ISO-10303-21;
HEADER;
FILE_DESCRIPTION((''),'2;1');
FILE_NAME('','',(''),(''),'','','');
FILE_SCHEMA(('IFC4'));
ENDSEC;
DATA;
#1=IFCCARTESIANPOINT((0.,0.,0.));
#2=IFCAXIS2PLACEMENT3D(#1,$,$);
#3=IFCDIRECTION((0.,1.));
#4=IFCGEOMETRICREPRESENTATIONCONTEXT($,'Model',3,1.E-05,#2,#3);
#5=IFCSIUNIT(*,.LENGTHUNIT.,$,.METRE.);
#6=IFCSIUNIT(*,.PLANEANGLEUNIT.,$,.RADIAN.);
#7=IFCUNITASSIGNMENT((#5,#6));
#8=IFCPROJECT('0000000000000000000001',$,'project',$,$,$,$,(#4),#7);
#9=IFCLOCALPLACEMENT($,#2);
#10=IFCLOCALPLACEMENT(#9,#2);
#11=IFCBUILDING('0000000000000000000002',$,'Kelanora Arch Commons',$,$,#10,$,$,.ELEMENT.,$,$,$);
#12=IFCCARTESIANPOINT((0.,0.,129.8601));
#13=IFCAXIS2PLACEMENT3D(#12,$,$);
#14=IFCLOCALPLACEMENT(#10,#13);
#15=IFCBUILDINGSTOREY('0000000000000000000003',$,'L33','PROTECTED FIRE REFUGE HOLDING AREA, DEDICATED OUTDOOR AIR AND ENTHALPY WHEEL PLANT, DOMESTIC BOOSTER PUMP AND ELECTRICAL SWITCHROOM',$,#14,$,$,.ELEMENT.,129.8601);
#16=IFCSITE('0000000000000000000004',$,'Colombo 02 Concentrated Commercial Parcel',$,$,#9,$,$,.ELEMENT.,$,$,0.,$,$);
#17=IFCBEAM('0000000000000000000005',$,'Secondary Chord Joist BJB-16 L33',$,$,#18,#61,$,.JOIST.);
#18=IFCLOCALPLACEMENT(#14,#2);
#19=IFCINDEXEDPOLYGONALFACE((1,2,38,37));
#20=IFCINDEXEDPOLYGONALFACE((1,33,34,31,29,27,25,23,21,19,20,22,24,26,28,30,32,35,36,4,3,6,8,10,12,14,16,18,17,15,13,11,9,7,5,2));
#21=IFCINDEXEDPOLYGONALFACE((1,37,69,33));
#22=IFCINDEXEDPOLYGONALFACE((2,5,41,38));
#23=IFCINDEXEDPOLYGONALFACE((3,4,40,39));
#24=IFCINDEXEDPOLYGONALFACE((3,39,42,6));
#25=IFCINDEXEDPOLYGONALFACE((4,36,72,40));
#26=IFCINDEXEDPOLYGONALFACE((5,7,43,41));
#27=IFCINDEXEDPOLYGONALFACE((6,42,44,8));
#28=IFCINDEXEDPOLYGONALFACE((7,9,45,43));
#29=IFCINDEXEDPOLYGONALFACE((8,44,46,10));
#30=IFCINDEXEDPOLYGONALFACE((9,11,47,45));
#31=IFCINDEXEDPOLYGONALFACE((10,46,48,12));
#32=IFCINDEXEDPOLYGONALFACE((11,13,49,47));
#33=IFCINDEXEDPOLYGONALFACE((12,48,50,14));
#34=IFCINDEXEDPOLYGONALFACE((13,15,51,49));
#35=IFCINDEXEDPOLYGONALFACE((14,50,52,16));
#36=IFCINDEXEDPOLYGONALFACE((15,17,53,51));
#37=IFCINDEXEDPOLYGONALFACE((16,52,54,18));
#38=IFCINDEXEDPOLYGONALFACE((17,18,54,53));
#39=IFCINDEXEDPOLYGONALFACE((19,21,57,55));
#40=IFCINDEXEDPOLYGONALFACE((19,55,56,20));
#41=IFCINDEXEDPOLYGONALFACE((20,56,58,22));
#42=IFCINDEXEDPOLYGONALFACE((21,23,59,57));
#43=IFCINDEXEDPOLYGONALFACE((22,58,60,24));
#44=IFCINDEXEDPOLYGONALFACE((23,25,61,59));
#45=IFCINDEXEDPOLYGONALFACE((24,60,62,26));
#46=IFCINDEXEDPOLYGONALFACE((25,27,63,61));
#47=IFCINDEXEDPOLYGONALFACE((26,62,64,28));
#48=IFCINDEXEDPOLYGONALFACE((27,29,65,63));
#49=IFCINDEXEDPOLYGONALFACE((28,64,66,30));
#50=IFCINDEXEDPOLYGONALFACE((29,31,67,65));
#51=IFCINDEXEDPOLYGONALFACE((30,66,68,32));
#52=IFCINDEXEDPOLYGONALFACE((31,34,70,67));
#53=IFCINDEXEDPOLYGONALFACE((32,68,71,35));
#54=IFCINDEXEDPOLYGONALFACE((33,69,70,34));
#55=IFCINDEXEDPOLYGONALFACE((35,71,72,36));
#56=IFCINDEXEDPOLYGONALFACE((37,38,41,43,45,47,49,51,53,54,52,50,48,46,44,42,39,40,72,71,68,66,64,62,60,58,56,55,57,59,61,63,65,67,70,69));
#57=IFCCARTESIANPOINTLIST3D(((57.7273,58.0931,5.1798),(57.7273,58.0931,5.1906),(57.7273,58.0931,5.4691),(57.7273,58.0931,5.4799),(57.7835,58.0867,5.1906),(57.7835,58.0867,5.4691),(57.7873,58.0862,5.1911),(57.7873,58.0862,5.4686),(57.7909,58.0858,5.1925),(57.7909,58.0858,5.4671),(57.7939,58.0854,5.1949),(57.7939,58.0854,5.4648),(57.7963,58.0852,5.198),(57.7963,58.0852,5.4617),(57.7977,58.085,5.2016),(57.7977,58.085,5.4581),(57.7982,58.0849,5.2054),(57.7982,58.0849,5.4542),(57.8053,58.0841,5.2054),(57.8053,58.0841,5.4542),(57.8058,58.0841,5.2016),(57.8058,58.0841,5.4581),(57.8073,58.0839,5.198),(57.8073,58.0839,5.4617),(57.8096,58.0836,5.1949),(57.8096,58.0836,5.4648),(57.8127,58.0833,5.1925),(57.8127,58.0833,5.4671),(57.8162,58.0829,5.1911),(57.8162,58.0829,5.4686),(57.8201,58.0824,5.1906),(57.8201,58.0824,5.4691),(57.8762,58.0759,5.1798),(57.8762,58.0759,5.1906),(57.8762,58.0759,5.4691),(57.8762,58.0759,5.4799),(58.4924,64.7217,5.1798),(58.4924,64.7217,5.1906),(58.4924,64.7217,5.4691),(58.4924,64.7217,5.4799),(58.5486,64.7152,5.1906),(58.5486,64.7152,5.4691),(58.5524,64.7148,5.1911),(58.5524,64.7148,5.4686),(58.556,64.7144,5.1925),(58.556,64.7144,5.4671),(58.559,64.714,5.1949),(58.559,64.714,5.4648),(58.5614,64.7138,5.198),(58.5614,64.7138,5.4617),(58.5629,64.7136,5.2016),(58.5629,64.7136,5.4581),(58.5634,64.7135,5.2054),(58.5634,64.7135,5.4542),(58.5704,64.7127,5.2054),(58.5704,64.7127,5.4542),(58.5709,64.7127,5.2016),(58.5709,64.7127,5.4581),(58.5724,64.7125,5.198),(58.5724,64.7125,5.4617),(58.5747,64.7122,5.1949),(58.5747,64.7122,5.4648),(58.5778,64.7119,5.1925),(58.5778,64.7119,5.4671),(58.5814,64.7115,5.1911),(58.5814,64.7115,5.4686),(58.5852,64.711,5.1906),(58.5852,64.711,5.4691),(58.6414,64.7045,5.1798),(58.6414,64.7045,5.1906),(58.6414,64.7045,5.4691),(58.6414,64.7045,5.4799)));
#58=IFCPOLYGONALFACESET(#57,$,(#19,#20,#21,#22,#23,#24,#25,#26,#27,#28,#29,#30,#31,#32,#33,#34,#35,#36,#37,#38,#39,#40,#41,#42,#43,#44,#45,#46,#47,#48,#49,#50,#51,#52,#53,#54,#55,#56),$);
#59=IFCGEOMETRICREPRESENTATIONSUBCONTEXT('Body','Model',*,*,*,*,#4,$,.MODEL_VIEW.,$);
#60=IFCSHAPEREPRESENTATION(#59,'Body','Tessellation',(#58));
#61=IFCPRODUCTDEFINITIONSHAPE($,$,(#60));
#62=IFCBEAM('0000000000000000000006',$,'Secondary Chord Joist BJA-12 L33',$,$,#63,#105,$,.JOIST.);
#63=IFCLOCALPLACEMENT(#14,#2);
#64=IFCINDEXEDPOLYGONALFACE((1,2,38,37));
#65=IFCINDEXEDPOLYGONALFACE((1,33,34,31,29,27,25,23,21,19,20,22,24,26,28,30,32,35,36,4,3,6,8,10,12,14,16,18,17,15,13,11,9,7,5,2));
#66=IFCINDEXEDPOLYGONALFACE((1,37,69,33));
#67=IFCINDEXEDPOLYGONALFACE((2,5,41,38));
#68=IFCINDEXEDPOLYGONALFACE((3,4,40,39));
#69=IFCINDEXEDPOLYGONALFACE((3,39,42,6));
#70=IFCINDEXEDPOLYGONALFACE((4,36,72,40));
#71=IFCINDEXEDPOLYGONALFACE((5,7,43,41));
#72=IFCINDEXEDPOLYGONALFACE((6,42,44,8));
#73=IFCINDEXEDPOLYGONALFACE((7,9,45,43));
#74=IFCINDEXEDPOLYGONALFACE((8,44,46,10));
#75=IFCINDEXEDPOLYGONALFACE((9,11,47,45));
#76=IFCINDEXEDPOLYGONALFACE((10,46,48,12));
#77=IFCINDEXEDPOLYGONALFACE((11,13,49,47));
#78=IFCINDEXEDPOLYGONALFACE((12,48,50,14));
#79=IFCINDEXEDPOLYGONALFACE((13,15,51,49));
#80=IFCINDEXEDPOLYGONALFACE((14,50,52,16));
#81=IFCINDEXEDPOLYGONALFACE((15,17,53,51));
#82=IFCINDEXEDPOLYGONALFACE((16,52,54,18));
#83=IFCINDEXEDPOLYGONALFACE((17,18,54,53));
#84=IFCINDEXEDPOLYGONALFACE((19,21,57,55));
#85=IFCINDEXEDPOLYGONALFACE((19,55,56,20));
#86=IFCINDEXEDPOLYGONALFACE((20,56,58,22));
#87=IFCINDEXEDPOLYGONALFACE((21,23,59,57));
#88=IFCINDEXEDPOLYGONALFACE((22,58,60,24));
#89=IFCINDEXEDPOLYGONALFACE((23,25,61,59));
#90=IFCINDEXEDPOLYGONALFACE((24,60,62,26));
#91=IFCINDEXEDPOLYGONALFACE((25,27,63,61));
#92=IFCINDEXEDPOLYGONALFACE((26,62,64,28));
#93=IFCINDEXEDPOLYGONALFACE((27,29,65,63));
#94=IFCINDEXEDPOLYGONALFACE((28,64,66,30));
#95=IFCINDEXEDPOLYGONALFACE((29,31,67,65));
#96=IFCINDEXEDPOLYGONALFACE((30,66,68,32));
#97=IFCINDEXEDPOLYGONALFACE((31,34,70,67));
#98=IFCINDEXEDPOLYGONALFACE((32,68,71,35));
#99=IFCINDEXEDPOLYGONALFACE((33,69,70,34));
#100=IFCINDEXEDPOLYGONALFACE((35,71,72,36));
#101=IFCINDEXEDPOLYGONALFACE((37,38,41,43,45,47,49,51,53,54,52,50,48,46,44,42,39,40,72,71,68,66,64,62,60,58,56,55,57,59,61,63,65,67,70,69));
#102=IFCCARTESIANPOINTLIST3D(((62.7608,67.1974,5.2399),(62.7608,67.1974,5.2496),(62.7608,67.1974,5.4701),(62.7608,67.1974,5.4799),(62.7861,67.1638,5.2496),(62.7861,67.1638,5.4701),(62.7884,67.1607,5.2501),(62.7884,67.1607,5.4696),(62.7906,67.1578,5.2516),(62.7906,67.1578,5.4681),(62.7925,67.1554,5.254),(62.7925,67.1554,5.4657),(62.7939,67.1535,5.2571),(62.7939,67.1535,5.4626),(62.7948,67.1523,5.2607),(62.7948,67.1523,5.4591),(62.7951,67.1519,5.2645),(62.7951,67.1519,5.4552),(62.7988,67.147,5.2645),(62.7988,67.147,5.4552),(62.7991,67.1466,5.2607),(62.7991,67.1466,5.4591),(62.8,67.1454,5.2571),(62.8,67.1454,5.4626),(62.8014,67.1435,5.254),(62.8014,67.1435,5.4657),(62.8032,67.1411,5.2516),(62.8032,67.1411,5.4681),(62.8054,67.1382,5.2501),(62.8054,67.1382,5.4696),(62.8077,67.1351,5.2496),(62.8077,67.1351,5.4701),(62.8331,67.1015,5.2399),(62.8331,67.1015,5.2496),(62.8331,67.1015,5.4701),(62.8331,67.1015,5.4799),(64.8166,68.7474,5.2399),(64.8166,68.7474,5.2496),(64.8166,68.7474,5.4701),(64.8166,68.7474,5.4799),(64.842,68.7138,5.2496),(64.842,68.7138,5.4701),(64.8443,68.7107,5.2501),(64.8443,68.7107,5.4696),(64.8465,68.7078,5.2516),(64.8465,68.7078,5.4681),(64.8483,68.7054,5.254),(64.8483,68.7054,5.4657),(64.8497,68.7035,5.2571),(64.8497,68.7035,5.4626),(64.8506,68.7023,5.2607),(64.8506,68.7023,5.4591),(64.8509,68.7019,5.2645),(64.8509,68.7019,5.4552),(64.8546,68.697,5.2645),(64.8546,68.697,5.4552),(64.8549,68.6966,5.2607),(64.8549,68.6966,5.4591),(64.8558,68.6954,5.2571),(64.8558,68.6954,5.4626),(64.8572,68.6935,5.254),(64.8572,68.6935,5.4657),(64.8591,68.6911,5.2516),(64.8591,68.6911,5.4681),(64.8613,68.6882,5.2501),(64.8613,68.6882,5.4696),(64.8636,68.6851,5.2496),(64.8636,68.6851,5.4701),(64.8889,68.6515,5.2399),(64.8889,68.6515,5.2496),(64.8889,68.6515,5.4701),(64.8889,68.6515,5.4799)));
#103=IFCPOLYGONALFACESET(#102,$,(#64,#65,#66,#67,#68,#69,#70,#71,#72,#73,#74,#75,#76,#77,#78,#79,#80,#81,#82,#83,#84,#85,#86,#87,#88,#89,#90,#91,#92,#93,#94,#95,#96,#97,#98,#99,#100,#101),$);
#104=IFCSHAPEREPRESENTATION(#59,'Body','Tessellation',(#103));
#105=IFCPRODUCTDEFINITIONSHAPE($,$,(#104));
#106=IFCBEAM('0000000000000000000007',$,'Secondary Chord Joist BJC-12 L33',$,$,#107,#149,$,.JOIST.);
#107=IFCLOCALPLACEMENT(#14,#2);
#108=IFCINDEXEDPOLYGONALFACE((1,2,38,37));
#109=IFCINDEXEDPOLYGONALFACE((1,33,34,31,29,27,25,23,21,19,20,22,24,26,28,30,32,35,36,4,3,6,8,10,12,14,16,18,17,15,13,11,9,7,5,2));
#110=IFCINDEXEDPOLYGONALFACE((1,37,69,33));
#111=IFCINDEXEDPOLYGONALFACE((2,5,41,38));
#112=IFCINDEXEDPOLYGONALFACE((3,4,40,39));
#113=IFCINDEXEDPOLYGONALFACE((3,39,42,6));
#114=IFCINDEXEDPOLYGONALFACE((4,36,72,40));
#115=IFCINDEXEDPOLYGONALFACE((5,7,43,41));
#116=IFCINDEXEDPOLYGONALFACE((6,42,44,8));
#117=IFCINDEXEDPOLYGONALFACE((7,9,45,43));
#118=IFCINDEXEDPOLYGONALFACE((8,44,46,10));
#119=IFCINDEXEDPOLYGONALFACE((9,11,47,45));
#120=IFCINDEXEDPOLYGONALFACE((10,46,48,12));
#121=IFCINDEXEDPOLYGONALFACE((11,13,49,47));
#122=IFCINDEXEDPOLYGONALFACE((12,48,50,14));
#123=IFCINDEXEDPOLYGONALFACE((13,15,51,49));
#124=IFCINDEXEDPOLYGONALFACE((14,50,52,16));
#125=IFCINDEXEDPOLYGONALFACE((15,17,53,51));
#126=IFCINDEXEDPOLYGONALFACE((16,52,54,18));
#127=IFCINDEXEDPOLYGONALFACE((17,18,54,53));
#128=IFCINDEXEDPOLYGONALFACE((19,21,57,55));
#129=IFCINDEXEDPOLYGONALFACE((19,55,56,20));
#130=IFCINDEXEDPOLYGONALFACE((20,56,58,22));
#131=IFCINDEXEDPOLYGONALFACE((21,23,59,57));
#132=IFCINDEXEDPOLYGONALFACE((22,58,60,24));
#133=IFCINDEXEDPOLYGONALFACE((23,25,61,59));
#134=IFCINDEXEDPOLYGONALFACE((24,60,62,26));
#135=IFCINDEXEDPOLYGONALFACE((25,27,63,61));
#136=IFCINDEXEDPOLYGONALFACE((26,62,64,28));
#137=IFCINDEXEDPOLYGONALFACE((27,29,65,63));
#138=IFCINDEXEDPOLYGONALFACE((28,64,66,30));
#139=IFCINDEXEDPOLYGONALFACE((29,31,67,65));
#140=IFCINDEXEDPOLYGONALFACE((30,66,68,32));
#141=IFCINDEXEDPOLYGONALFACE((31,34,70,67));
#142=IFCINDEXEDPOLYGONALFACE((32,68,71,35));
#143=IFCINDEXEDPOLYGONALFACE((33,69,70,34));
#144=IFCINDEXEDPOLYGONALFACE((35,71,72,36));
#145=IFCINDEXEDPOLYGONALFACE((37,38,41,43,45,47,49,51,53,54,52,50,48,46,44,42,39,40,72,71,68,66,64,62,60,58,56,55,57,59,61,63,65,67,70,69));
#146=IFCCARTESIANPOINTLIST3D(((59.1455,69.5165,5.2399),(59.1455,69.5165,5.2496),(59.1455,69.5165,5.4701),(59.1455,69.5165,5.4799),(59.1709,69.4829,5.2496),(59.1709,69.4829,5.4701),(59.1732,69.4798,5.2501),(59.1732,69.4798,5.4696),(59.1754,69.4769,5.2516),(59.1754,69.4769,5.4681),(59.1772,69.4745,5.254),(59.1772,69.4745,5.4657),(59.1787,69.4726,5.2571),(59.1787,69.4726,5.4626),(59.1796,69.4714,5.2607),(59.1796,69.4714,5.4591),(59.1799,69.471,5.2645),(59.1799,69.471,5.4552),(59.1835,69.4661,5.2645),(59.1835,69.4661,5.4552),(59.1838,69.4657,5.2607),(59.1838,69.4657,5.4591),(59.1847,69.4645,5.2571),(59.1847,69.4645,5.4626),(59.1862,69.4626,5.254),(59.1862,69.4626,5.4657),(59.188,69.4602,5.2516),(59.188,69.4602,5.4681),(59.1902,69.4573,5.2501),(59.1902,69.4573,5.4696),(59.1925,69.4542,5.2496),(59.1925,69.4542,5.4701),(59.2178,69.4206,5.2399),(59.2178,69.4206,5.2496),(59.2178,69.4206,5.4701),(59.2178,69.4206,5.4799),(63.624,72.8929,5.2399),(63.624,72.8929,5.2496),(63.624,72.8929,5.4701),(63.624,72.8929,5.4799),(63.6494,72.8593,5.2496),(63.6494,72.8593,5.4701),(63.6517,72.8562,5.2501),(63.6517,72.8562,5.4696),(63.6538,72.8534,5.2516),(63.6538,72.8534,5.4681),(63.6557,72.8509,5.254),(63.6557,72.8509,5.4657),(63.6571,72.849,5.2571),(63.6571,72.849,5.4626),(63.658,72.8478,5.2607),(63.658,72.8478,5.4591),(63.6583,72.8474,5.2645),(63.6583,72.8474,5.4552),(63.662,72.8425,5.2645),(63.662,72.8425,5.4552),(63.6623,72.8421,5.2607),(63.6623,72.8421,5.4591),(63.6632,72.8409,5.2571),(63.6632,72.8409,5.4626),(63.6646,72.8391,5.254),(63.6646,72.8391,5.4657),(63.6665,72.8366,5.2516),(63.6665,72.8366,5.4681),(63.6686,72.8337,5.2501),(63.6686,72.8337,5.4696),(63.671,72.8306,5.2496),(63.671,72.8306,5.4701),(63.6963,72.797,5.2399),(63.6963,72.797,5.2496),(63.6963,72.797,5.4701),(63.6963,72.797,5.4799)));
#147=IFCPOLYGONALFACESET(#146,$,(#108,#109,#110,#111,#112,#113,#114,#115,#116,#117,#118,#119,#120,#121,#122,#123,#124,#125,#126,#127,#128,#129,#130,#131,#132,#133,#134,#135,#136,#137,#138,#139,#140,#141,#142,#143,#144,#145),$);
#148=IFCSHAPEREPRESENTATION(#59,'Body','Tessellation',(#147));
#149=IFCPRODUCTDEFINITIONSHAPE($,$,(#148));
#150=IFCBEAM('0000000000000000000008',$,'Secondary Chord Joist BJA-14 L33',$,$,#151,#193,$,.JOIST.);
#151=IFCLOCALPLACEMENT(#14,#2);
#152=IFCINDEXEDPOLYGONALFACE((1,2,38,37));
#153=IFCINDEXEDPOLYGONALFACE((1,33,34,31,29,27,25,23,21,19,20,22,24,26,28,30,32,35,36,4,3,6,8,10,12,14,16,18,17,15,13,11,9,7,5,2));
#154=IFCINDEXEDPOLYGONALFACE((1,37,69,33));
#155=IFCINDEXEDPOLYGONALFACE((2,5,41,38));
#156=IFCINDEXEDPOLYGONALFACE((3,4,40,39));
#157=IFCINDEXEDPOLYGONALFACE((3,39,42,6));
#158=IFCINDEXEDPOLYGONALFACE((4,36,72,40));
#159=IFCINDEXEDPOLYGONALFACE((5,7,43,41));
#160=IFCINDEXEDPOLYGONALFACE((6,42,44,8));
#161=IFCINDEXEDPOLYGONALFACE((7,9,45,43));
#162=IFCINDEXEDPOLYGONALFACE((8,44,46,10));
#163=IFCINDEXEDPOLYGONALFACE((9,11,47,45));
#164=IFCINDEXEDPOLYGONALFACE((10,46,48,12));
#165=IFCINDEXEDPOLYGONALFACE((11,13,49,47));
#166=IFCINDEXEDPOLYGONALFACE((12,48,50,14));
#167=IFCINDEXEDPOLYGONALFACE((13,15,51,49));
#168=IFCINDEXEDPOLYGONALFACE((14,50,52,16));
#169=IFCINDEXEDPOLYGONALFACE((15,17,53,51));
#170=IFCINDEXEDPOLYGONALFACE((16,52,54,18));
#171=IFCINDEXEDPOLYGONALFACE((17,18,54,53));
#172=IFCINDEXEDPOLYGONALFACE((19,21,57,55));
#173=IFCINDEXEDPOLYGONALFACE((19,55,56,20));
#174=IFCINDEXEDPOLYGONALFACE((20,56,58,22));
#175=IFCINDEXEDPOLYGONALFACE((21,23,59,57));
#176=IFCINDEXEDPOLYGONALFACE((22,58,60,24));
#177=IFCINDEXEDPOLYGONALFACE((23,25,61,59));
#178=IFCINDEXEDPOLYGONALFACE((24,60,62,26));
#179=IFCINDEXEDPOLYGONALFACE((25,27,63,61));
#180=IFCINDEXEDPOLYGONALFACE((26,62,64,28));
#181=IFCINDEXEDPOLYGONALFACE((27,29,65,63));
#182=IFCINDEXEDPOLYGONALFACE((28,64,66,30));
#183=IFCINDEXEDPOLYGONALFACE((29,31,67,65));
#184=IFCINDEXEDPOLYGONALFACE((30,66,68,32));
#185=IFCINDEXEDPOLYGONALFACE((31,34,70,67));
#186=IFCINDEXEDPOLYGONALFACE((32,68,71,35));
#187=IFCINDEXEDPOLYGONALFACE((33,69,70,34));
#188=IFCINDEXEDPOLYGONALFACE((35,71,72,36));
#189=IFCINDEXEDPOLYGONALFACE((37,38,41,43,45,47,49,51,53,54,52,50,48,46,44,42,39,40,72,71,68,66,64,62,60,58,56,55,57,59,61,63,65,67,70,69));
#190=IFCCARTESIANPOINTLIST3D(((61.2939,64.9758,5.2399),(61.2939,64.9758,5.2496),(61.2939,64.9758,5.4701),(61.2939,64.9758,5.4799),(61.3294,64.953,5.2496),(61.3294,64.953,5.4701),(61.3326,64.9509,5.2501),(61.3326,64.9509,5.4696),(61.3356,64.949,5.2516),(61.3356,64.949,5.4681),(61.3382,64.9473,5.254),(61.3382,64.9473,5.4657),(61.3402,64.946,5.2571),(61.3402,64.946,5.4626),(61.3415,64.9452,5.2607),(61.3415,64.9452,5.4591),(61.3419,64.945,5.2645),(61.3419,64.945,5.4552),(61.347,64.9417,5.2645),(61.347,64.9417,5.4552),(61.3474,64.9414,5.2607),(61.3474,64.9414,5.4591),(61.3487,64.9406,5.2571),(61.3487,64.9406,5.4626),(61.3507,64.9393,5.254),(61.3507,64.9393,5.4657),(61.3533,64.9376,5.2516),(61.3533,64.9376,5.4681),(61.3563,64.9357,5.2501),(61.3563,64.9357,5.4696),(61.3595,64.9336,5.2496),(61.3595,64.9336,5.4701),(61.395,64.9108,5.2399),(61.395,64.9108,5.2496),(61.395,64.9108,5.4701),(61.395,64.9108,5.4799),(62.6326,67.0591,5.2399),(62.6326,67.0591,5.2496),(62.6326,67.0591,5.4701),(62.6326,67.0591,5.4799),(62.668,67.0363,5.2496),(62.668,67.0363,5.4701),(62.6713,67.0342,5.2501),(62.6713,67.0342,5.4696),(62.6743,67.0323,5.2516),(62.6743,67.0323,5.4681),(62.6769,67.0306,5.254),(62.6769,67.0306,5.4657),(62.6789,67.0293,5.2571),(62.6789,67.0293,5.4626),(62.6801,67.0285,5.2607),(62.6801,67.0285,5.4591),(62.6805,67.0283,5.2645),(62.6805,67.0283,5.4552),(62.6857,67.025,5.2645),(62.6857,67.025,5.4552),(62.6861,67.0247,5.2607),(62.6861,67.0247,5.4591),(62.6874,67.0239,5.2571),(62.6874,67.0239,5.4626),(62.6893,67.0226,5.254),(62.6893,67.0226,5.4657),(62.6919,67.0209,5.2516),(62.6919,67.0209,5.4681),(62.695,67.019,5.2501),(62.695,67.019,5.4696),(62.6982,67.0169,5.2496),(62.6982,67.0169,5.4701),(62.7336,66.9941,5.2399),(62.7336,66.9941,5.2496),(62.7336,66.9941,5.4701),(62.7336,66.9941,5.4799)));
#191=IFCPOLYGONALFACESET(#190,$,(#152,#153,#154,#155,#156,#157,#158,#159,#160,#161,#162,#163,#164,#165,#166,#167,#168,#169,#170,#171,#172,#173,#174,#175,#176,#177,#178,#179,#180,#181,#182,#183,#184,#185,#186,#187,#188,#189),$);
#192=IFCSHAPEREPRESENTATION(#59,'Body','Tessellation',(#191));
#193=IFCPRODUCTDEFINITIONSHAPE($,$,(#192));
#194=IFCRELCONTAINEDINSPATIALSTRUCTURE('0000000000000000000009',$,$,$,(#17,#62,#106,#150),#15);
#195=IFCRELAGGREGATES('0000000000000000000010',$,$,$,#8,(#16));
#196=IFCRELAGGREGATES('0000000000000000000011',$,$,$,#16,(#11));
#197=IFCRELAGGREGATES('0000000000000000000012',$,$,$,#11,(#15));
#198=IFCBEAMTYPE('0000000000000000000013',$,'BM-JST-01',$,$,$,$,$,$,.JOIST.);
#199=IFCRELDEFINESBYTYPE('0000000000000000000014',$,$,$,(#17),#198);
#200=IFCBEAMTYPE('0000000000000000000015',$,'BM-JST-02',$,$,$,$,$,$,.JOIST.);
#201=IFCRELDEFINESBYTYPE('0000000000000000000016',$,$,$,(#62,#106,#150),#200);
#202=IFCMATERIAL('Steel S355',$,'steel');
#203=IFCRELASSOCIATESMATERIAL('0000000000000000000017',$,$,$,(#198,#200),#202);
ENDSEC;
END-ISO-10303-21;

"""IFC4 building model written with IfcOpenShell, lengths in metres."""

from ifc_helpers import new_model, si_unit, direction, frame, origin, origin_2d, place, context, subcontext, project, spatial, i_section, extrude, material, material_profile, profile_set, type_object, element, save


model = new_model("IFC4")

# Units and contexts
model_context = context("Model", 3, precision=1e-05, world=origin(), true_north=direction((0.0, 1.0)))
body_context = subcontext(model_context, "Body", "Model", "MODEL_VIEW")
ifc_project = project(units=[si_unit("LENGTHUNIT", "METRE"), si_unit("PLANEANGLEUNIT", "RADIAN")], contexts=[model_context])

# Site, building, storey
site_placement = place(None, origin())
site = spatial("IfcSite", under=ifc_project, at=site_placement, Name="Colombo 02 Concentrated Commercial Parcel", CompositionType="ELEMENT", RefElevation=0.0)
building_placement = place(site_placement, origin())
building = spatial("IfcBuilding", under=site, at=building_placement, Name="Kelanora Arch Commons", CompositionType="ELEMENT")
storey_placement = place(building_placement, frame((0.0, 0.0, 129.8601)))
storey = spatial("IfcBuildingStorey", under=building, at=storey_placement, Name="L33", Description="PROTECTED FIRE REFUGE HOLDING AREA, DEDICATED OUTDOOR AIR AND ENTHALPY WHEEL PLANT, DOMESTIC BOOSTER PUMP AND ELECTRICAL SWITCHROOM", CompositionType="ELEMENT", Elevation=129.8601)

# Beams
ifc_material_1 = material(Name="Steel S355", Category="steel")
ifc_material_profile_1 = material_profile(ifc_material_1, i_section(OverallWidth=0.1499, OverallDepth=0.3, WebThickness=0.0071, FlangeThickness=0.0107, FilletRadius=0.0149, at=origin_2d()), Name="IPE300")
ifc_profile_set_1 = profile_set([ifc_material_profile_1], Name="Steel S355")
beam_type_1 = type_object("IfcBeamType", Name="BM-JST-01", PredefinedType="JOIST", material=ifc_profile_set_1)
beam_1_placement = place(storey_placement, frame((58.5669, 64.7131, 5.3298), z_axis=(-0.114667, -0.993404, 0.0), x_axis=(0.993404, -0.114667, 0.0)))
element("IfcBeam", 1, at=beam_1_placement, inside=storey, type_object=beam_type_1, Name="Secondary Chord Joist BJB-16 L33", PredefinedType="JOIST", context=body_context, shape_type="SweptSolid", body=[
    extrude(i_section(OverallWidth=0.1499, OverallDepth=0.3, WebThickness=0.0071, FlangeThickness=0.0107, FilletRadius=0.0149, at=origin_2d()), origin(), (0.0, 0.0, 1.0), 6.6726),
])
ifc_material_profile_2 = material_profile(ifc_material_1, i_section(OverallWidth=0.1201, OverallDepth=0.24, WebThickness=0.0061, FlangeThickness=0.0098, FilletRadius=0.0149, at=origin_2d()), Name="IPE240")
ifc_profile_set_2 = profile_set([ifc_material_profile_2], Name="Steel S355")
beam_type_2 = type_object("IfcBeamType", Name="BM-JST-02", PredefinedType="JOIST", material=ifc_profile_set_2)
beam_2_placement = place(storey_placement, frame((64.8528, 68.6995, 5.3599), z_axis=(-0.798484, -0.602016, 0.0), x_axis=(0.602016, -0.798484, 0.0)))
element("IfcBeam", 2, at=beam_2_placement, inside=storey, type_object=beam_type_2, Name="Secondary Chord Joist BJA-12 L33", PredefinedType="JOIST", context=body_context, shape_type="SweptSolid", body=[
    extrude(i_section(OverallWidth=0.1201, OverallDepth=0.24, WebThickness=0.0061, FlangeThickness=0.0098, FilletRadius=0.0149, at=origin_2d()), origin(), (0.0, 0.0, 1.0), 2.5747),
])
beam_3_placement = place(storey_placement, frame((63.6602, 72.845, 5.3599), z_axis=(-0.798493, -0.602004, 0.0), x_axis=(0.602004, -0.798493, 0.0)))
element("IfcBeam", 3, at=beam_3_placement, inside=storey, type_object=beam_type_2, Name="Secondary Chord Joist BJC-12 L33", PredefinedType="JOIST", context=body_context, shape_type="SweptSolid", body=[
    extrude(i_section(OverallWidth=0.1201, OverallDepth=0.24, WebThickness=0.0061, FlangeThickness=0.0098, FilletRadius=0.0149, at=origin_2d()), origin(), (0.0, 0.0, 1.0), 5.6086),
])
beam_4_placement = place(storey_placement, frame((62.6831, 67.0266, 5.3599), z_axis=(-0.540583, -0.841291, 0.0), x_axis=(0.841291, -0.540583, 0.0)))
element("IfcBeam", 4, at=beam_4_placement, inside=storey, type_object=beam_type_2, Name="Secondary Chord Joist BJA-14 L33", PredefinedType="JOIST", context=body_context, shape_type="SweptSolid", body=[
    extrude(i_section(OverallWidth=0.1201, OverallDepth=0.24, WebThickness=0.0061, FlangeThickness=0.0098, FilletRadius=0.0149, at=origin_2d()), origin(), (0.0, 0.0, 1.0), 2.4763),
])

save(model, "model.ifc")
